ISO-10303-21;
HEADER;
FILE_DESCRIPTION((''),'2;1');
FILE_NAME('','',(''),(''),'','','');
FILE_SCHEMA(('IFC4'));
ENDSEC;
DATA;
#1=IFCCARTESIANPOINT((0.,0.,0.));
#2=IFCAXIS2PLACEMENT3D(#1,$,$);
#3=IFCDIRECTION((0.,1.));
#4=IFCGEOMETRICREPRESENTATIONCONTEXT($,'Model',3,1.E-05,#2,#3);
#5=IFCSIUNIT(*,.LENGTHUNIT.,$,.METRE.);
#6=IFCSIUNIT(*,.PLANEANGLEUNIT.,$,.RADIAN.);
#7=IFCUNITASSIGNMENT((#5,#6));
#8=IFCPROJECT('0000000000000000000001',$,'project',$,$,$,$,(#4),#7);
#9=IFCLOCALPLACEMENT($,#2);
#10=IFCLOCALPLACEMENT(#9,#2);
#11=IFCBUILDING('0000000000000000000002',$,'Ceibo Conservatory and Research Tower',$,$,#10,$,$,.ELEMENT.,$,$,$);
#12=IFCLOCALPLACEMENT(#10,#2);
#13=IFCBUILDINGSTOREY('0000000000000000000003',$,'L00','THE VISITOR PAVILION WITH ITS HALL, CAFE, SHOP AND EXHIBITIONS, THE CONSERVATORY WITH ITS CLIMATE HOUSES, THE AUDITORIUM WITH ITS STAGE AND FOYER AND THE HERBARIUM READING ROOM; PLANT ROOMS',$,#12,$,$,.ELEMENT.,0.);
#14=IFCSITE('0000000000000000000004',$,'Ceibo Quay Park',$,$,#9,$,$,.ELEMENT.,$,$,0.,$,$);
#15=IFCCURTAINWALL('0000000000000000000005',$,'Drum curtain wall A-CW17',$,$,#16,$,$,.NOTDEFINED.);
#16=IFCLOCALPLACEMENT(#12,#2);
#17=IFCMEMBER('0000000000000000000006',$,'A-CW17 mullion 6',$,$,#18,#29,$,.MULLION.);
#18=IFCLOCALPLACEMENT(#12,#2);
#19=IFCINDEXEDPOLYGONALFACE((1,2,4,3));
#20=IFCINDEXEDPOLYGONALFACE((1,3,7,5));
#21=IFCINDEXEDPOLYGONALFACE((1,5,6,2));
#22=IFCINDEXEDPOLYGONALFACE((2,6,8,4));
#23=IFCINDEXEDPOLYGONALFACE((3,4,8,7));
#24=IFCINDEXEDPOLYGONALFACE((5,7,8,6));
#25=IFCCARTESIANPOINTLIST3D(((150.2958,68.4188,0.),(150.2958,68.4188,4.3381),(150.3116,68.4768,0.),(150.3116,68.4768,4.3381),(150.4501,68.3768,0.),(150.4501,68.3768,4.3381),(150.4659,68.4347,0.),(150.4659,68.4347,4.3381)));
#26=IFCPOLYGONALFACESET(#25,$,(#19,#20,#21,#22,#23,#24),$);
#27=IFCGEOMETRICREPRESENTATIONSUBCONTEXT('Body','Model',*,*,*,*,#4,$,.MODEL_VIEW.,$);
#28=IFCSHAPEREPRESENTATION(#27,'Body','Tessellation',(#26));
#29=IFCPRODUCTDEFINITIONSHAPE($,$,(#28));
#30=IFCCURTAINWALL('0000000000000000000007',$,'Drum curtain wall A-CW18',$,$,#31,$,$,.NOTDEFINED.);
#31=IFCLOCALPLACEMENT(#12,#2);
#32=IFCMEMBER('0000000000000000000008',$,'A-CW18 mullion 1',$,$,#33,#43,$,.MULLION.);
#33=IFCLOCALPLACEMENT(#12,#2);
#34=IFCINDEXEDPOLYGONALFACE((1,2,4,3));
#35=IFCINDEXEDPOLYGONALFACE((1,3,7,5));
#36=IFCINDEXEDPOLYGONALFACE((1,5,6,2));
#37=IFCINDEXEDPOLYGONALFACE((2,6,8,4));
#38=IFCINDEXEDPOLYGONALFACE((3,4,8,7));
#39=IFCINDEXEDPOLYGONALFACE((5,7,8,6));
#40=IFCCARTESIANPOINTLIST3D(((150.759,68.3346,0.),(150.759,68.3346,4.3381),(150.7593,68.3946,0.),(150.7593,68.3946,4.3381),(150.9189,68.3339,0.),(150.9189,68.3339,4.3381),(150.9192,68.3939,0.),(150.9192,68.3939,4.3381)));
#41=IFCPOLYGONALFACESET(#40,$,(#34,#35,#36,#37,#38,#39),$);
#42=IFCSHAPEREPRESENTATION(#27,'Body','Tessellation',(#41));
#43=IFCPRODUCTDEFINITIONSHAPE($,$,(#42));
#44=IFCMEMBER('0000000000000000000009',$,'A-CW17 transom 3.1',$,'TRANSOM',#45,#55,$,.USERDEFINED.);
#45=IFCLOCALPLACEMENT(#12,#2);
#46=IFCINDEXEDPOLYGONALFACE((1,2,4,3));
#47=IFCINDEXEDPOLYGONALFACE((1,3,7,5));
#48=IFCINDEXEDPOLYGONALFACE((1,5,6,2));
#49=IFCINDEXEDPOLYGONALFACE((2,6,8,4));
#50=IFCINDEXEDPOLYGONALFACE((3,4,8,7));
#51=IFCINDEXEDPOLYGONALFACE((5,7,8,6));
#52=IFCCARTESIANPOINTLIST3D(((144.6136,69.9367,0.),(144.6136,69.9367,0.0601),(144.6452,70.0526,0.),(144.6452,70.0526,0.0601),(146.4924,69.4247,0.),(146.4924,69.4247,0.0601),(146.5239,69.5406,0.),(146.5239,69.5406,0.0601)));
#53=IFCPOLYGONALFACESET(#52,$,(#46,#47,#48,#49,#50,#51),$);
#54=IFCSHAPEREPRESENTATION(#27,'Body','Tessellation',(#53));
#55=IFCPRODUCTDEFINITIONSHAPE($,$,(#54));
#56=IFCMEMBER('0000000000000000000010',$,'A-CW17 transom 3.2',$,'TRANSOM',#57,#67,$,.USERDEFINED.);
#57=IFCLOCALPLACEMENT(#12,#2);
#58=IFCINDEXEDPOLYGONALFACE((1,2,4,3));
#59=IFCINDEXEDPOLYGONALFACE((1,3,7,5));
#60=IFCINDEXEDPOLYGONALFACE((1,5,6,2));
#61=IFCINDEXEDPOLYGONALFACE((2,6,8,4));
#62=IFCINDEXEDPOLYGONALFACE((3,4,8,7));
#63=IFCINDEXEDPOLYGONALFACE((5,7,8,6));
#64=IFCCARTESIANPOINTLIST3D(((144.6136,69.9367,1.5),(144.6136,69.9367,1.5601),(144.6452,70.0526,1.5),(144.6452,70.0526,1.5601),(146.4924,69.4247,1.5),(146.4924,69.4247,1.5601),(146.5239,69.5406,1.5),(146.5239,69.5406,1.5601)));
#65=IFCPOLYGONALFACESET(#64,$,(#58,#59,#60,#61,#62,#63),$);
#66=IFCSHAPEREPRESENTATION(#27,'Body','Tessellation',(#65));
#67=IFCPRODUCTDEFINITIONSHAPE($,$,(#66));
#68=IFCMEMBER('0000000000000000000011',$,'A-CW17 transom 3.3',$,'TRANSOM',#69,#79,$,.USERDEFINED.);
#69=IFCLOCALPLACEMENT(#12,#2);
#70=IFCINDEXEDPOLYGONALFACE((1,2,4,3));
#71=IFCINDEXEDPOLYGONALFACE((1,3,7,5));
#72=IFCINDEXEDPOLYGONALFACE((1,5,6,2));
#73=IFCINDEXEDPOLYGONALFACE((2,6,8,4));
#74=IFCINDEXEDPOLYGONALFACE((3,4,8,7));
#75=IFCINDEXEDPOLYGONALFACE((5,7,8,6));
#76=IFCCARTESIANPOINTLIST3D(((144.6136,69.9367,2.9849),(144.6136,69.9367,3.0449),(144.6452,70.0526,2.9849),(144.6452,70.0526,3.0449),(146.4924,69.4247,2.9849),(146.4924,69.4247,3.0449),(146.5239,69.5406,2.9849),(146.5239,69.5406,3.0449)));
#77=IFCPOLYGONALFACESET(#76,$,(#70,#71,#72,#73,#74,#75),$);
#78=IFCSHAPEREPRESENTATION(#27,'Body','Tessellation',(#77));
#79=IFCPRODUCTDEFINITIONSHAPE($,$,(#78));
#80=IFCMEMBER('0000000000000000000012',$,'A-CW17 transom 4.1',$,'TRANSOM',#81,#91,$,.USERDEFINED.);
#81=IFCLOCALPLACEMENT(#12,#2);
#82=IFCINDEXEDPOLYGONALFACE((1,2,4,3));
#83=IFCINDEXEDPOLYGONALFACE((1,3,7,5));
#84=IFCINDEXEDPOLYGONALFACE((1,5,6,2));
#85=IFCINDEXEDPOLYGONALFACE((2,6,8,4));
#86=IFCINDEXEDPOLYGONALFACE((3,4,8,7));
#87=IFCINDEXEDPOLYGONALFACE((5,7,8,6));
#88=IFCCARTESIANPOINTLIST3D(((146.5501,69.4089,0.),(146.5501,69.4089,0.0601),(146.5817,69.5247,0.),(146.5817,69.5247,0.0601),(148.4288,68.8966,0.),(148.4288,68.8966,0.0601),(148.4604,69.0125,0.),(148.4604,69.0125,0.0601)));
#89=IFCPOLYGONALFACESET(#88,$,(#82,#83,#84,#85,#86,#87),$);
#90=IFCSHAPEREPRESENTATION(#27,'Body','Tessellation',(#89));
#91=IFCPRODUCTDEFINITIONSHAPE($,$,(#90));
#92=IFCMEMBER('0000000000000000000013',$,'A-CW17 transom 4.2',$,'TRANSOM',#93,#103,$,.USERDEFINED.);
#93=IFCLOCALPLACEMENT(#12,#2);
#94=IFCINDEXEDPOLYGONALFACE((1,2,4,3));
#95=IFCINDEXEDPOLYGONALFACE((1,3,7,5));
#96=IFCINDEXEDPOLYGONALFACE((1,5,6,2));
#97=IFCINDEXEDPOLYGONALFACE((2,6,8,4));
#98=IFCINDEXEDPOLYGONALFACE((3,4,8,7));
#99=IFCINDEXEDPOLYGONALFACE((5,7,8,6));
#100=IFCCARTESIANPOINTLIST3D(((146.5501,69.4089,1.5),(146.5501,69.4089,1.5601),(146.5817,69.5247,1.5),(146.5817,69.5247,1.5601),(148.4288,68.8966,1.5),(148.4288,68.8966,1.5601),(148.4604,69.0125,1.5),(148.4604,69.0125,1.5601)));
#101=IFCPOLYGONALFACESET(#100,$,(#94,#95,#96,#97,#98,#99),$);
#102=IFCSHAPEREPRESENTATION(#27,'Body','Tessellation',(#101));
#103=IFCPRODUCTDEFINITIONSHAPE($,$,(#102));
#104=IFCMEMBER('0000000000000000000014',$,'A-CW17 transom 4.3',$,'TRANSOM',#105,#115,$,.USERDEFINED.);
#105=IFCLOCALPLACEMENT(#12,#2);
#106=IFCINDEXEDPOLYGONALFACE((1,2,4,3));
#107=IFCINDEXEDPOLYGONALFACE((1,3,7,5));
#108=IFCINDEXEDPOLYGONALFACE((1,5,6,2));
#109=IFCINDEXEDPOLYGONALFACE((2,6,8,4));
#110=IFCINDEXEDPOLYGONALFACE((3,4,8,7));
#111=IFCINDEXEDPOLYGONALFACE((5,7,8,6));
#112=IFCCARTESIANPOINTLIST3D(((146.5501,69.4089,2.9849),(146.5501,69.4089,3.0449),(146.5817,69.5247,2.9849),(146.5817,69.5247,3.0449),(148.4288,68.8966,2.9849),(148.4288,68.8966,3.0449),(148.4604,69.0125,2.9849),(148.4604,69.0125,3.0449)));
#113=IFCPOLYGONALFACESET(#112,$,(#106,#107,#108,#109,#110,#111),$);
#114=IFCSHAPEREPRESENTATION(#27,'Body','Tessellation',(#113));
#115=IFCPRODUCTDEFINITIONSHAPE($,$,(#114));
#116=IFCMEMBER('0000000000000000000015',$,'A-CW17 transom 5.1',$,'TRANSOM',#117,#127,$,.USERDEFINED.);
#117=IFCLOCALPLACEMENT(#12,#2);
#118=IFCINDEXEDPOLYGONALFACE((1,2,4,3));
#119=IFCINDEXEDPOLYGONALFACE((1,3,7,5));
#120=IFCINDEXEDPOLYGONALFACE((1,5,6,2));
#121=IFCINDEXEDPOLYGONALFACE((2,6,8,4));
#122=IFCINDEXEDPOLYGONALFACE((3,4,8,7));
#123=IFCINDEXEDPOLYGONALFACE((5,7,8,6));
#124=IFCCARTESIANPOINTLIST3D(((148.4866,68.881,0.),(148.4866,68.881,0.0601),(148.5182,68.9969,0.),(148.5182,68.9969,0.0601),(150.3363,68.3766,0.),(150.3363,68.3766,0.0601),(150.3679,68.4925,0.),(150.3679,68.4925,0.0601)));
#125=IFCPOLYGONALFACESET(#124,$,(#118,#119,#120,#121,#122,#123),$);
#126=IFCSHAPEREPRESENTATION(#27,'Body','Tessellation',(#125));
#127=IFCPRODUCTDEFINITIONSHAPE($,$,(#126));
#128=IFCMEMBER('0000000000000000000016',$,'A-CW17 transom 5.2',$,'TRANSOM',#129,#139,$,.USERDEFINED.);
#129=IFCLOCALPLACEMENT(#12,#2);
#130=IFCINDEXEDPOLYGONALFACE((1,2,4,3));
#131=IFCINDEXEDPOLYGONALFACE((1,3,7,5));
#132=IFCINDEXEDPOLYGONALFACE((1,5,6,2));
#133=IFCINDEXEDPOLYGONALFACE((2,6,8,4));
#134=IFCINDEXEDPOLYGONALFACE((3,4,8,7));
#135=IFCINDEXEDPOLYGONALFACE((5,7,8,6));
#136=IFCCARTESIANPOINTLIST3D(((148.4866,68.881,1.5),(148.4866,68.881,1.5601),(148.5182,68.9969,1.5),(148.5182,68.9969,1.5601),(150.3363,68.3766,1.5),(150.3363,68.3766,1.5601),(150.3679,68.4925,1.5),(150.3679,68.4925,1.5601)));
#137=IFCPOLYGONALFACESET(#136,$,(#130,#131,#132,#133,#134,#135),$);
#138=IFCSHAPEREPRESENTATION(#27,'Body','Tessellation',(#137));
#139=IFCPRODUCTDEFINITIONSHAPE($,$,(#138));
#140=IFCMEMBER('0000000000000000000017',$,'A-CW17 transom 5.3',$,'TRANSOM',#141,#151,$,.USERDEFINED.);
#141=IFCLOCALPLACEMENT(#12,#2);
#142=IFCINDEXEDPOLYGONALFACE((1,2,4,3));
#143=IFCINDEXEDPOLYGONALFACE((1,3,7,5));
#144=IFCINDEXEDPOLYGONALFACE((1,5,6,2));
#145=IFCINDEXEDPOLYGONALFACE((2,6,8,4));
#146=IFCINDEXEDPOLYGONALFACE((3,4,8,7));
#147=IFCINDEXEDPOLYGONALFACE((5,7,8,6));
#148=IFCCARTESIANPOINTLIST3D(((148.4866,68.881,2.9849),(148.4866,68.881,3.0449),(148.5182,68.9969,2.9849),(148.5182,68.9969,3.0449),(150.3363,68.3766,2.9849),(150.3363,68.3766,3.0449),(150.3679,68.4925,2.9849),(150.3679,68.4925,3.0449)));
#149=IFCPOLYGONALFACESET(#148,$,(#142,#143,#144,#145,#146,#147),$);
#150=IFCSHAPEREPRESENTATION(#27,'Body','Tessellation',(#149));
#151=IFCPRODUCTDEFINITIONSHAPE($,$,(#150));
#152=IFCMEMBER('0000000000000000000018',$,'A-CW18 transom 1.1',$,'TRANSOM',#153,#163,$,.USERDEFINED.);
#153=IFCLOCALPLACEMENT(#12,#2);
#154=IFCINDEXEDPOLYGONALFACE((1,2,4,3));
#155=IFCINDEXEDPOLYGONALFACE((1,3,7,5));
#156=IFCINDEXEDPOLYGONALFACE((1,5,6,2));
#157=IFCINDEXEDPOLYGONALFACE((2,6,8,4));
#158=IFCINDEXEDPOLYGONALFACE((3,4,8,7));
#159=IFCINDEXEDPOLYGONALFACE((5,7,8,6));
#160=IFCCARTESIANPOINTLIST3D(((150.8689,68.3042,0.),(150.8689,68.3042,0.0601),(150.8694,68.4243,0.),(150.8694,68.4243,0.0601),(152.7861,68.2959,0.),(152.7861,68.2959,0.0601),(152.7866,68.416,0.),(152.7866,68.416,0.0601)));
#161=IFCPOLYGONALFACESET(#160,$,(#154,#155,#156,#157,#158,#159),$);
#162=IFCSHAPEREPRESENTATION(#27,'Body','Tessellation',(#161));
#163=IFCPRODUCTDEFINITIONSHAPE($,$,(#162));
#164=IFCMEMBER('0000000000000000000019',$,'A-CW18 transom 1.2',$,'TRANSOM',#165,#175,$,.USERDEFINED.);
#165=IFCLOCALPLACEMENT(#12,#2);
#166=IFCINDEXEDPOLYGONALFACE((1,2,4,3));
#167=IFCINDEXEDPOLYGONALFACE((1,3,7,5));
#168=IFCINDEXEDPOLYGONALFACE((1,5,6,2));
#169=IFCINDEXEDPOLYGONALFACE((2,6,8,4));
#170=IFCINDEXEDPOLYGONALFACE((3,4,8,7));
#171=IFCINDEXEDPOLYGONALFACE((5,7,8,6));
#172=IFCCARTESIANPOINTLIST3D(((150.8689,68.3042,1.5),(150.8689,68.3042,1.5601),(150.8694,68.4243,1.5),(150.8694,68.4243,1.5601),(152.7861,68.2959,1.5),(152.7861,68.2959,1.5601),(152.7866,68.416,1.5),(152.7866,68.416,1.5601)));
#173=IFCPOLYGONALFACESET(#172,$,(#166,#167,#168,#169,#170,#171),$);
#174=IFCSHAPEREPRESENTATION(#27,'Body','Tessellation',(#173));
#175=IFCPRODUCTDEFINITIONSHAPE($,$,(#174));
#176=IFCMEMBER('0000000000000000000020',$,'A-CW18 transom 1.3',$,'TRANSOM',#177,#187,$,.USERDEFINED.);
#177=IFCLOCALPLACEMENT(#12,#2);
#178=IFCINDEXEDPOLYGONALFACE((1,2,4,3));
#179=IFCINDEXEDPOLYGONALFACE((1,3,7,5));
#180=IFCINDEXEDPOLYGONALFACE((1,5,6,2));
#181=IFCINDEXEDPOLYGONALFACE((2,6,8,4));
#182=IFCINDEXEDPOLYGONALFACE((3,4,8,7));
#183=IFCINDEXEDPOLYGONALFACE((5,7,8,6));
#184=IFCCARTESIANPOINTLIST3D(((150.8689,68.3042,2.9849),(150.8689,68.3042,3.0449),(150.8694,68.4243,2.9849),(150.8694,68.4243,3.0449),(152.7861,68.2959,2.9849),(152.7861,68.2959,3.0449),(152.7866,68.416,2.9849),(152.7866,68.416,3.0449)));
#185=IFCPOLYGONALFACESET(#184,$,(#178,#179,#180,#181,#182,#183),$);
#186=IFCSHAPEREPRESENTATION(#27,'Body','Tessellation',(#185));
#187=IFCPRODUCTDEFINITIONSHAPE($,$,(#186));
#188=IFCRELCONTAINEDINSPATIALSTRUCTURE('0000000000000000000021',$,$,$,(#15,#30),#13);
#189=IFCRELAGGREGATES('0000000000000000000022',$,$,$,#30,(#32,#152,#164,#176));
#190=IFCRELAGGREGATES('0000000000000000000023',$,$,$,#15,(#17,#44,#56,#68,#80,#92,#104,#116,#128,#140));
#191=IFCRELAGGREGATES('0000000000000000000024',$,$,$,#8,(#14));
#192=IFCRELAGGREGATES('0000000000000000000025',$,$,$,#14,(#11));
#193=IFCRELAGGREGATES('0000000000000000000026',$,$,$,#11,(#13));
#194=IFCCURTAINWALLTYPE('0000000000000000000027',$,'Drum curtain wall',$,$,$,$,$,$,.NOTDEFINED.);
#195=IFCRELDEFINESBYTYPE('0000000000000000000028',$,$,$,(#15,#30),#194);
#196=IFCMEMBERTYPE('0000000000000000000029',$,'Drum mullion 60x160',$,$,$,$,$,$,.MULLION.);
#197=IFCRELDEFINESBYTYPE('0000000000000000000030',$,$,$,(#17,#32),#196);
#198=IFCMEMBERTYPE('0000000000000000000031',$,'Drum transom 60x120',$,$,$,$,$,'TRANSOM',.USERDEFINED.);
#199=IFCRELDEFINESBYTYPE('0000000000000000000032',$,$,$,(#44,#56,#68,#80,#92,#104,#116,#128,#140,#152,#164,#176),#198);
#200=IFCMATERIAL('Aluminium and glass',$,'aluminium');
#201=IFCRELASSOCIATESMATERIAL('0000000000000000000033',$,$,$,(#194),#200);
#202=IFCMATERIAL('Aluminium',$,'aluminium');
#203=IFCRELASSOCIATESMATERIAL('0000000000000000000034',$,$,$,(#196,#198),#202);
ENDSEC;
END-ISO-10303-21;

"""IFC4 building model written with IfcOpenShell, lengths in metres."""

from ifc_helpers import new_model, si_unit, direction, frame, origin, origin_2d, place, context, subcontext, project, spatial, rectangle, extrude, material, material_profile, profile_set, type_object, element, aggregate, save


model = new_model("IFC4")

# Units and contexts
model_context = context("Model", 3, precision=1e-05, world=origin(), true_north=direction((0.0, 1.0)))
body_context = subcontext(model_context, "Body", "Model", "MODEL_VIEW")
ifc_project = project(units=[si_unit("LENGTHUNIT", "METRE"), si_unit("PLANEANGLEUNIT", "RADIAN")], contexts=[model_context])

# Site, building, storey
site_placement = place(None, origin())
site = spatial("IfcSite", under=ifc_project, at=site_placement, Name="Ceibo Quay Park", CompositionType="ELEMENT", RefElevation=0.0)
building_placement = place(site_placement, origin())
building = spatial("IfcBuilding", under=site, at=building_placement, Name="Ceibo Conservatory and Research Tower", CompositionType="ELEMENT")
storey_placement = place(building_placement, origin())
storey = spatial("IfcBuildingStorey", under=building, at=storey_placement, Name="L00", Description="THE VISITOR PAVILION WITH ITS HALL, CAFE, SHOP AND EXHIBITIONS, THE CONSERVATORY WITH ITS CLIMATE HOUSES, THE AUDITORIUM WITH ITS STAGE AND FOYER AND THE HERBARIUM READING ROOM; PLANT ROOMS", CompositionType="ELEMENT", Elevation=0.0)

# Curtain wall, member
ifc_material_1 = material(Name="Aluminium and glass", Category="aluminium")
curtain_wall_type = type_object("IfcCurtainWallType", Name="Drum curtain wall", PredefinedType="NOTDEFINED", material=ifc_material_1)
curtain_wall_1_placement = place(storey_placement, origin())
curtain_wall_1 = element("IfcCurtainWall", 1, at=curtain_wall_1_placement, inside=storey, type_object=curtain_wall_type, Name="Drum curtain wall A-CW17", PredefinedType="NOTDEFINED")
ifc_material_2 = material(Name="Aluminium", Category="aluminium")
ifc_material_profile_1 = material_profile(ifc_material_2, rectangle(XDim=0.0601, YDim=0.1599, at=origin_2d()), Name="AL 60x160")
ifc_profile_set_1 = profile_set([ifc_material_profile_1], Name="Aluminium")
member_type_1 = type_object("IfcMemberType", Name="Drum mullion 60x160", PredefinedType="MULLION", material=ifc_profile_set_1)
member_1_placement = place(storey_placement, frame((150.3809, 68.4268, 0.0), z_axis=(0.0, 0.0, 1.0), x_axis=(0.263031, 0.964787, 0.0)))
member_1 = element("IfcMember", 2, at=member_1_placement, type_object=member_type_1, Name="A-CW17 mullion 6", PredefinedType="MULLION", context=body_context, shape_type="SweptSolid", body=[
    extrude(rectangle(XDim=0.0601, YDim=0.1599, at=origin_2d()), origin(), (0.0, 0.0, 1.0), 4.3381),
])

# Curtain wall, member
curtain_wall_2_placement = place(storey_placement, origin())
curtain_wall_2 = element("IfcCurtainWall", 3, at=curtain_wall_2_placement, inside=storey, type_object=curtain_wall_type, Name="Drum curtain wall A-CW18", PredefinedType="NOTDEFINED")
member_2_placement = place(storey_placement, frame((150.8391, 68.3643, 0.0), z_axis=(0.0, 0.0, 1.0), x_axis=(0.004363, 0.99999, 0.0)))
member_2 = element("IfcMember", 4, at=member_2_placement, type_object=member_type_1, Name="A-CW18 mullion 1", PredefinedType="MULLION", context=body_context, shape_type="SweptSolid", body=[
    extrude(rectangle(XDim=0.0601, YDim=0.1599, at=origin_2d()), origin(), (0.0, 0.0, 1.0), 4.3381),
])

# Members
ifc_material_profile_2 = material_profile(ifc_material_2, rectangle(XDim=0.1201, YDim=0.0601, at=origin_2d()), Name="AL 60x120")
ifc_profile_set_2 = profile_set([ifc_material_profile_2], Name="Aluminium")
member_type_2 = type_object("IfcMemberType", Name="Drum transom 60x120", ElementType="TRANSOM", PredefinedType="USERDEFINED", material=ifc_profile_set_2)
member_3_placement = place(storey_placement, frame((144.6294, 69.9946, 0.03), z_axis=(0.964816, -0.262926, 0.0), x_axis=(0.262926, 0.964816, 0.0)))
member_3 = element("IfcMember", 5, at=member_3_placement, type_object=member_type_2, Name="A-CW17 transom 3.1", ObjectType="TRANSOM", PredefinedType="USERDEFINED", context=body_context, shape_type="SweptSolid", body=[
    extrude(rectangle(XDim=0.1201, YDim=0.0601, at=origin_2d()), origin(), (0.0, 0.0, 1.0), 1.9473),
])
member_4_placement = place(storey_placement, frame((144.6294, 69.9946, 1.53), z_axis=(0.964816, -0.262926, 0.0), x_axis=(0.262926, 0.964816, 0.0)))
member_4 = element("IfcMember", 6, at=member_4_placement, type_object=member_type_2, Name="A-CW17 transom 3.2", ObjectType="TRANSOM", PredefinedType="USERDEFINED", context=body_context, shape_type="SweptSolid", body=[
    extrude(rectangle(XDim=0.1201, YDim=0.0601, at=origin_2d()), origin(), (0.0, 0.0, 1.0), 1.9473),
])
member_5_placement = place(storey_placement, frame((144.6294, 69.9946, 3.0149), z_axis=(0.964816, -0.262926, 0.0), x_axis=(0.262926, 0.964816, 0.0)))
member_5 = element("IfcMember", 7, at=member_5_placement, type_object=member_type_2, Name="A-CW17 transom 3.3", ObjectType="TRANSOM", PredefinedType="USERDEFINED", context=body_context, shape_type="SweptSolid", body=[
    extrude(rectangle(XDim=0.1201, YDim=0.0601, at=origin_2d()), origin(), (0.0, 0.0, 1.0), 1.9473),
])
member_6_placement = place(storey_placement, frame((146.5659, 69.4668, 0.03), z_axis=(0.964784, -0.263043, 0.0), x_axis=(0.263043, 0.964784, 0.0)))
member_6 = element("IfcMember", 8, at=member_6_placement, type_object=member_type_2, Name="A-CW17 transom 4.1", ObjectType="TRANSOM", PredefinedType="USERDEFINED", context=body_context, shape_type="SweptSolid", body=[
    extrude(rectangle(XDim=0.1201, YDim=0.0601, at=origin_2d()), origin(), (0.0, 0.0, 1.0), 1.9473),
])
member_7_placement = place(storey_placement, frame((146.5659, 69.4668, 1.53), z_axis=(0.964784, -0.263043, 0.0), x_axis=(0.263043, 0.964784, 0.0)))
member_7 = element("IfcMember", 9, at=member_7_placement, type_object=member_type_2, Name="A-CW17 transom 4.2", ObjectType="TRANSOM", PredefinedType="USERDEFINED", context=body_context, shape_type="SweptSolid", body=[
    extrude(rectangle(XDim=0.1201, YDim=0.0601, at=origin_2d()), origin(), (0.0, 0.0, 1.0), 1.9473),
])
member_8_placement = place(storey_placement, frame((146.5659, 69.4668, 3.0149), z_axis=(0.964784, -0.263043, 0.0), x_axis=(0.263043, 0.964784, 0.0)))
member_8 = element("IfcMember", 10, at=member_8_placement, type_object=member_type_2, Name="A-CW17 transom 4.3", ObjectType="TRANSOM", PredefinedType="USERDEFINED", context=body_context, shape_type="SweptSolid", body=[
    extrude(rectangle(XDim=0.1201, YDim=0.0601, at=origin_2d()), origin(), (0.0, 0.0, 1.0), 1.9473),
])
member_9_placement = place(storey_placement, frame((148.5024, 68.939, 0.03), z_axis=(0.96477, -0.263096, 0.0), x_axis=(0.263096, 0.96477, 0.0)))
member_9 = element("IfcMember", 11, at=member_9_placement, type_object=member_type_2, Name="A-CW17 transom 5.1", ObjectType="TRANSOM", PredefinedType="USERDEFINED", context=body_context, shape_type="SweptSolid", body=[
    extrude(rectangle(XDim=0.1201, YDim=0.0601, at=origin_2d()), origin(), (0.0, 0.0, 1.0), 1.9172),
])
member_10_placement = place(storey_placement, frame((148.5024, 68.939, 1.53), z_axis=(0.96477, -0.263096, 0.0), x_axis=(0.263096, 0.96477, 0.0)))
member_10 = element("IfcMember", 12, at=member_10_placement, type_object=member_type_2, Name="A-CW17 transom 5.2", ObjectType="TRANSOM", PredefinedType="USERDEFINED", context=body_context, shape_type="SweptSolid", body=[
    extrude(rectangle(XDim=0.1201, YDim=0.0601, at=origin_2d()), origin(), (0.0, 0.0, 1.0), 1.9172),
])
member_11_placement = place(storey_placement, frame((148.5024, 68.939, 3.0149), z_axis=(0.96477, -0.263096, 0.0), x_axis=(0.263096, 0.96477, 0.0)))
member_11 = element("IfcMember", 13, at=member_11_placement, type_object=member_type_2, Name="A-CW17 transom 5.3", ObjectType="TRANSOM", PredefinedType="USERDEFINED", context=body_context, shape_type="SweptSolid", body=[
    extrude(rectangle(XDim=0.1201, YDim=0.0601, at=origin_2d()), origin(), (0.0, 0.0, 1.0), 1.9172),
])
member_12_placement = place(storey_placement, frame((150.8691, 68.3643, 0.03), z_axis=(0.999991, -0.00433, 0.0), x_axis=(0.00433, 0.999991, 0.0)))
member_12 = element("IfcMember", 14, at=member_12_placement, type_object=member_type_2, Name="A-CW18 transom 1.1", ObjectType="TRANSOM", PredefinedType="USERDEFINED", context=body_context, shape_type="SweptSolid", body=[
    extrude(rectangle(XDim=0.1201, YDim=0.0601, at=origin_2d()), origin(), (0.0, 0.0, 1.0), 1.9172),
])
member_13_placement = place(storey_placement, frame((150.8691, 68.3643, 1.53), z_axis=(0.999991, -0.00433, 0.0), x_axis=(0.00433, 0.999991, 0.0)))
member_13 = element("IfcMember", 15, at=member_13_placement, type_object=member_type_2, Name="A-CW18 transom 1.2", ObjectType="TRANSOM", PredefinedType="USERDEFINED", context=body_context, shape_type="SweptSolid", body=[
    extrude(rectangle(XDim=0.1201, YDim=0.0601, at=origin_2d()), origin(), (0.0, 0.0, 1.0), 1.9172),
])
member_14_placement = place(storey_placement, frame((150.8691, 68.3643, 3.0149), z_axis=(0.999991, -0.00433, 0.0), x_axis=(0.00433, 0.999991, 0.0)))
member_14 = element("IfcMember", 16, at=member_14_placement, type_object=member_type_2, Name="A-CW18 transom 1.3", ObjectType="TRANSOM", PredefinedType="USERDEFINED", context=body_context, shape_type="SweptSolid", body=[
    extrude(rectangle(XDim=0.1201, YDim=0.0601, at=origin_2d()), origin(), (0.0, 0.0, 1.0), 1.9172),
])
aggregate(curtain_wall_2, [member_2, member_12, member_13, member_14])

aggregate(curtain_wall_1, [member_1, member_3, member_4, member_5, member_6, member_7, member_8, member_9, member_10, member_11])

save(model, "model.ifc")
